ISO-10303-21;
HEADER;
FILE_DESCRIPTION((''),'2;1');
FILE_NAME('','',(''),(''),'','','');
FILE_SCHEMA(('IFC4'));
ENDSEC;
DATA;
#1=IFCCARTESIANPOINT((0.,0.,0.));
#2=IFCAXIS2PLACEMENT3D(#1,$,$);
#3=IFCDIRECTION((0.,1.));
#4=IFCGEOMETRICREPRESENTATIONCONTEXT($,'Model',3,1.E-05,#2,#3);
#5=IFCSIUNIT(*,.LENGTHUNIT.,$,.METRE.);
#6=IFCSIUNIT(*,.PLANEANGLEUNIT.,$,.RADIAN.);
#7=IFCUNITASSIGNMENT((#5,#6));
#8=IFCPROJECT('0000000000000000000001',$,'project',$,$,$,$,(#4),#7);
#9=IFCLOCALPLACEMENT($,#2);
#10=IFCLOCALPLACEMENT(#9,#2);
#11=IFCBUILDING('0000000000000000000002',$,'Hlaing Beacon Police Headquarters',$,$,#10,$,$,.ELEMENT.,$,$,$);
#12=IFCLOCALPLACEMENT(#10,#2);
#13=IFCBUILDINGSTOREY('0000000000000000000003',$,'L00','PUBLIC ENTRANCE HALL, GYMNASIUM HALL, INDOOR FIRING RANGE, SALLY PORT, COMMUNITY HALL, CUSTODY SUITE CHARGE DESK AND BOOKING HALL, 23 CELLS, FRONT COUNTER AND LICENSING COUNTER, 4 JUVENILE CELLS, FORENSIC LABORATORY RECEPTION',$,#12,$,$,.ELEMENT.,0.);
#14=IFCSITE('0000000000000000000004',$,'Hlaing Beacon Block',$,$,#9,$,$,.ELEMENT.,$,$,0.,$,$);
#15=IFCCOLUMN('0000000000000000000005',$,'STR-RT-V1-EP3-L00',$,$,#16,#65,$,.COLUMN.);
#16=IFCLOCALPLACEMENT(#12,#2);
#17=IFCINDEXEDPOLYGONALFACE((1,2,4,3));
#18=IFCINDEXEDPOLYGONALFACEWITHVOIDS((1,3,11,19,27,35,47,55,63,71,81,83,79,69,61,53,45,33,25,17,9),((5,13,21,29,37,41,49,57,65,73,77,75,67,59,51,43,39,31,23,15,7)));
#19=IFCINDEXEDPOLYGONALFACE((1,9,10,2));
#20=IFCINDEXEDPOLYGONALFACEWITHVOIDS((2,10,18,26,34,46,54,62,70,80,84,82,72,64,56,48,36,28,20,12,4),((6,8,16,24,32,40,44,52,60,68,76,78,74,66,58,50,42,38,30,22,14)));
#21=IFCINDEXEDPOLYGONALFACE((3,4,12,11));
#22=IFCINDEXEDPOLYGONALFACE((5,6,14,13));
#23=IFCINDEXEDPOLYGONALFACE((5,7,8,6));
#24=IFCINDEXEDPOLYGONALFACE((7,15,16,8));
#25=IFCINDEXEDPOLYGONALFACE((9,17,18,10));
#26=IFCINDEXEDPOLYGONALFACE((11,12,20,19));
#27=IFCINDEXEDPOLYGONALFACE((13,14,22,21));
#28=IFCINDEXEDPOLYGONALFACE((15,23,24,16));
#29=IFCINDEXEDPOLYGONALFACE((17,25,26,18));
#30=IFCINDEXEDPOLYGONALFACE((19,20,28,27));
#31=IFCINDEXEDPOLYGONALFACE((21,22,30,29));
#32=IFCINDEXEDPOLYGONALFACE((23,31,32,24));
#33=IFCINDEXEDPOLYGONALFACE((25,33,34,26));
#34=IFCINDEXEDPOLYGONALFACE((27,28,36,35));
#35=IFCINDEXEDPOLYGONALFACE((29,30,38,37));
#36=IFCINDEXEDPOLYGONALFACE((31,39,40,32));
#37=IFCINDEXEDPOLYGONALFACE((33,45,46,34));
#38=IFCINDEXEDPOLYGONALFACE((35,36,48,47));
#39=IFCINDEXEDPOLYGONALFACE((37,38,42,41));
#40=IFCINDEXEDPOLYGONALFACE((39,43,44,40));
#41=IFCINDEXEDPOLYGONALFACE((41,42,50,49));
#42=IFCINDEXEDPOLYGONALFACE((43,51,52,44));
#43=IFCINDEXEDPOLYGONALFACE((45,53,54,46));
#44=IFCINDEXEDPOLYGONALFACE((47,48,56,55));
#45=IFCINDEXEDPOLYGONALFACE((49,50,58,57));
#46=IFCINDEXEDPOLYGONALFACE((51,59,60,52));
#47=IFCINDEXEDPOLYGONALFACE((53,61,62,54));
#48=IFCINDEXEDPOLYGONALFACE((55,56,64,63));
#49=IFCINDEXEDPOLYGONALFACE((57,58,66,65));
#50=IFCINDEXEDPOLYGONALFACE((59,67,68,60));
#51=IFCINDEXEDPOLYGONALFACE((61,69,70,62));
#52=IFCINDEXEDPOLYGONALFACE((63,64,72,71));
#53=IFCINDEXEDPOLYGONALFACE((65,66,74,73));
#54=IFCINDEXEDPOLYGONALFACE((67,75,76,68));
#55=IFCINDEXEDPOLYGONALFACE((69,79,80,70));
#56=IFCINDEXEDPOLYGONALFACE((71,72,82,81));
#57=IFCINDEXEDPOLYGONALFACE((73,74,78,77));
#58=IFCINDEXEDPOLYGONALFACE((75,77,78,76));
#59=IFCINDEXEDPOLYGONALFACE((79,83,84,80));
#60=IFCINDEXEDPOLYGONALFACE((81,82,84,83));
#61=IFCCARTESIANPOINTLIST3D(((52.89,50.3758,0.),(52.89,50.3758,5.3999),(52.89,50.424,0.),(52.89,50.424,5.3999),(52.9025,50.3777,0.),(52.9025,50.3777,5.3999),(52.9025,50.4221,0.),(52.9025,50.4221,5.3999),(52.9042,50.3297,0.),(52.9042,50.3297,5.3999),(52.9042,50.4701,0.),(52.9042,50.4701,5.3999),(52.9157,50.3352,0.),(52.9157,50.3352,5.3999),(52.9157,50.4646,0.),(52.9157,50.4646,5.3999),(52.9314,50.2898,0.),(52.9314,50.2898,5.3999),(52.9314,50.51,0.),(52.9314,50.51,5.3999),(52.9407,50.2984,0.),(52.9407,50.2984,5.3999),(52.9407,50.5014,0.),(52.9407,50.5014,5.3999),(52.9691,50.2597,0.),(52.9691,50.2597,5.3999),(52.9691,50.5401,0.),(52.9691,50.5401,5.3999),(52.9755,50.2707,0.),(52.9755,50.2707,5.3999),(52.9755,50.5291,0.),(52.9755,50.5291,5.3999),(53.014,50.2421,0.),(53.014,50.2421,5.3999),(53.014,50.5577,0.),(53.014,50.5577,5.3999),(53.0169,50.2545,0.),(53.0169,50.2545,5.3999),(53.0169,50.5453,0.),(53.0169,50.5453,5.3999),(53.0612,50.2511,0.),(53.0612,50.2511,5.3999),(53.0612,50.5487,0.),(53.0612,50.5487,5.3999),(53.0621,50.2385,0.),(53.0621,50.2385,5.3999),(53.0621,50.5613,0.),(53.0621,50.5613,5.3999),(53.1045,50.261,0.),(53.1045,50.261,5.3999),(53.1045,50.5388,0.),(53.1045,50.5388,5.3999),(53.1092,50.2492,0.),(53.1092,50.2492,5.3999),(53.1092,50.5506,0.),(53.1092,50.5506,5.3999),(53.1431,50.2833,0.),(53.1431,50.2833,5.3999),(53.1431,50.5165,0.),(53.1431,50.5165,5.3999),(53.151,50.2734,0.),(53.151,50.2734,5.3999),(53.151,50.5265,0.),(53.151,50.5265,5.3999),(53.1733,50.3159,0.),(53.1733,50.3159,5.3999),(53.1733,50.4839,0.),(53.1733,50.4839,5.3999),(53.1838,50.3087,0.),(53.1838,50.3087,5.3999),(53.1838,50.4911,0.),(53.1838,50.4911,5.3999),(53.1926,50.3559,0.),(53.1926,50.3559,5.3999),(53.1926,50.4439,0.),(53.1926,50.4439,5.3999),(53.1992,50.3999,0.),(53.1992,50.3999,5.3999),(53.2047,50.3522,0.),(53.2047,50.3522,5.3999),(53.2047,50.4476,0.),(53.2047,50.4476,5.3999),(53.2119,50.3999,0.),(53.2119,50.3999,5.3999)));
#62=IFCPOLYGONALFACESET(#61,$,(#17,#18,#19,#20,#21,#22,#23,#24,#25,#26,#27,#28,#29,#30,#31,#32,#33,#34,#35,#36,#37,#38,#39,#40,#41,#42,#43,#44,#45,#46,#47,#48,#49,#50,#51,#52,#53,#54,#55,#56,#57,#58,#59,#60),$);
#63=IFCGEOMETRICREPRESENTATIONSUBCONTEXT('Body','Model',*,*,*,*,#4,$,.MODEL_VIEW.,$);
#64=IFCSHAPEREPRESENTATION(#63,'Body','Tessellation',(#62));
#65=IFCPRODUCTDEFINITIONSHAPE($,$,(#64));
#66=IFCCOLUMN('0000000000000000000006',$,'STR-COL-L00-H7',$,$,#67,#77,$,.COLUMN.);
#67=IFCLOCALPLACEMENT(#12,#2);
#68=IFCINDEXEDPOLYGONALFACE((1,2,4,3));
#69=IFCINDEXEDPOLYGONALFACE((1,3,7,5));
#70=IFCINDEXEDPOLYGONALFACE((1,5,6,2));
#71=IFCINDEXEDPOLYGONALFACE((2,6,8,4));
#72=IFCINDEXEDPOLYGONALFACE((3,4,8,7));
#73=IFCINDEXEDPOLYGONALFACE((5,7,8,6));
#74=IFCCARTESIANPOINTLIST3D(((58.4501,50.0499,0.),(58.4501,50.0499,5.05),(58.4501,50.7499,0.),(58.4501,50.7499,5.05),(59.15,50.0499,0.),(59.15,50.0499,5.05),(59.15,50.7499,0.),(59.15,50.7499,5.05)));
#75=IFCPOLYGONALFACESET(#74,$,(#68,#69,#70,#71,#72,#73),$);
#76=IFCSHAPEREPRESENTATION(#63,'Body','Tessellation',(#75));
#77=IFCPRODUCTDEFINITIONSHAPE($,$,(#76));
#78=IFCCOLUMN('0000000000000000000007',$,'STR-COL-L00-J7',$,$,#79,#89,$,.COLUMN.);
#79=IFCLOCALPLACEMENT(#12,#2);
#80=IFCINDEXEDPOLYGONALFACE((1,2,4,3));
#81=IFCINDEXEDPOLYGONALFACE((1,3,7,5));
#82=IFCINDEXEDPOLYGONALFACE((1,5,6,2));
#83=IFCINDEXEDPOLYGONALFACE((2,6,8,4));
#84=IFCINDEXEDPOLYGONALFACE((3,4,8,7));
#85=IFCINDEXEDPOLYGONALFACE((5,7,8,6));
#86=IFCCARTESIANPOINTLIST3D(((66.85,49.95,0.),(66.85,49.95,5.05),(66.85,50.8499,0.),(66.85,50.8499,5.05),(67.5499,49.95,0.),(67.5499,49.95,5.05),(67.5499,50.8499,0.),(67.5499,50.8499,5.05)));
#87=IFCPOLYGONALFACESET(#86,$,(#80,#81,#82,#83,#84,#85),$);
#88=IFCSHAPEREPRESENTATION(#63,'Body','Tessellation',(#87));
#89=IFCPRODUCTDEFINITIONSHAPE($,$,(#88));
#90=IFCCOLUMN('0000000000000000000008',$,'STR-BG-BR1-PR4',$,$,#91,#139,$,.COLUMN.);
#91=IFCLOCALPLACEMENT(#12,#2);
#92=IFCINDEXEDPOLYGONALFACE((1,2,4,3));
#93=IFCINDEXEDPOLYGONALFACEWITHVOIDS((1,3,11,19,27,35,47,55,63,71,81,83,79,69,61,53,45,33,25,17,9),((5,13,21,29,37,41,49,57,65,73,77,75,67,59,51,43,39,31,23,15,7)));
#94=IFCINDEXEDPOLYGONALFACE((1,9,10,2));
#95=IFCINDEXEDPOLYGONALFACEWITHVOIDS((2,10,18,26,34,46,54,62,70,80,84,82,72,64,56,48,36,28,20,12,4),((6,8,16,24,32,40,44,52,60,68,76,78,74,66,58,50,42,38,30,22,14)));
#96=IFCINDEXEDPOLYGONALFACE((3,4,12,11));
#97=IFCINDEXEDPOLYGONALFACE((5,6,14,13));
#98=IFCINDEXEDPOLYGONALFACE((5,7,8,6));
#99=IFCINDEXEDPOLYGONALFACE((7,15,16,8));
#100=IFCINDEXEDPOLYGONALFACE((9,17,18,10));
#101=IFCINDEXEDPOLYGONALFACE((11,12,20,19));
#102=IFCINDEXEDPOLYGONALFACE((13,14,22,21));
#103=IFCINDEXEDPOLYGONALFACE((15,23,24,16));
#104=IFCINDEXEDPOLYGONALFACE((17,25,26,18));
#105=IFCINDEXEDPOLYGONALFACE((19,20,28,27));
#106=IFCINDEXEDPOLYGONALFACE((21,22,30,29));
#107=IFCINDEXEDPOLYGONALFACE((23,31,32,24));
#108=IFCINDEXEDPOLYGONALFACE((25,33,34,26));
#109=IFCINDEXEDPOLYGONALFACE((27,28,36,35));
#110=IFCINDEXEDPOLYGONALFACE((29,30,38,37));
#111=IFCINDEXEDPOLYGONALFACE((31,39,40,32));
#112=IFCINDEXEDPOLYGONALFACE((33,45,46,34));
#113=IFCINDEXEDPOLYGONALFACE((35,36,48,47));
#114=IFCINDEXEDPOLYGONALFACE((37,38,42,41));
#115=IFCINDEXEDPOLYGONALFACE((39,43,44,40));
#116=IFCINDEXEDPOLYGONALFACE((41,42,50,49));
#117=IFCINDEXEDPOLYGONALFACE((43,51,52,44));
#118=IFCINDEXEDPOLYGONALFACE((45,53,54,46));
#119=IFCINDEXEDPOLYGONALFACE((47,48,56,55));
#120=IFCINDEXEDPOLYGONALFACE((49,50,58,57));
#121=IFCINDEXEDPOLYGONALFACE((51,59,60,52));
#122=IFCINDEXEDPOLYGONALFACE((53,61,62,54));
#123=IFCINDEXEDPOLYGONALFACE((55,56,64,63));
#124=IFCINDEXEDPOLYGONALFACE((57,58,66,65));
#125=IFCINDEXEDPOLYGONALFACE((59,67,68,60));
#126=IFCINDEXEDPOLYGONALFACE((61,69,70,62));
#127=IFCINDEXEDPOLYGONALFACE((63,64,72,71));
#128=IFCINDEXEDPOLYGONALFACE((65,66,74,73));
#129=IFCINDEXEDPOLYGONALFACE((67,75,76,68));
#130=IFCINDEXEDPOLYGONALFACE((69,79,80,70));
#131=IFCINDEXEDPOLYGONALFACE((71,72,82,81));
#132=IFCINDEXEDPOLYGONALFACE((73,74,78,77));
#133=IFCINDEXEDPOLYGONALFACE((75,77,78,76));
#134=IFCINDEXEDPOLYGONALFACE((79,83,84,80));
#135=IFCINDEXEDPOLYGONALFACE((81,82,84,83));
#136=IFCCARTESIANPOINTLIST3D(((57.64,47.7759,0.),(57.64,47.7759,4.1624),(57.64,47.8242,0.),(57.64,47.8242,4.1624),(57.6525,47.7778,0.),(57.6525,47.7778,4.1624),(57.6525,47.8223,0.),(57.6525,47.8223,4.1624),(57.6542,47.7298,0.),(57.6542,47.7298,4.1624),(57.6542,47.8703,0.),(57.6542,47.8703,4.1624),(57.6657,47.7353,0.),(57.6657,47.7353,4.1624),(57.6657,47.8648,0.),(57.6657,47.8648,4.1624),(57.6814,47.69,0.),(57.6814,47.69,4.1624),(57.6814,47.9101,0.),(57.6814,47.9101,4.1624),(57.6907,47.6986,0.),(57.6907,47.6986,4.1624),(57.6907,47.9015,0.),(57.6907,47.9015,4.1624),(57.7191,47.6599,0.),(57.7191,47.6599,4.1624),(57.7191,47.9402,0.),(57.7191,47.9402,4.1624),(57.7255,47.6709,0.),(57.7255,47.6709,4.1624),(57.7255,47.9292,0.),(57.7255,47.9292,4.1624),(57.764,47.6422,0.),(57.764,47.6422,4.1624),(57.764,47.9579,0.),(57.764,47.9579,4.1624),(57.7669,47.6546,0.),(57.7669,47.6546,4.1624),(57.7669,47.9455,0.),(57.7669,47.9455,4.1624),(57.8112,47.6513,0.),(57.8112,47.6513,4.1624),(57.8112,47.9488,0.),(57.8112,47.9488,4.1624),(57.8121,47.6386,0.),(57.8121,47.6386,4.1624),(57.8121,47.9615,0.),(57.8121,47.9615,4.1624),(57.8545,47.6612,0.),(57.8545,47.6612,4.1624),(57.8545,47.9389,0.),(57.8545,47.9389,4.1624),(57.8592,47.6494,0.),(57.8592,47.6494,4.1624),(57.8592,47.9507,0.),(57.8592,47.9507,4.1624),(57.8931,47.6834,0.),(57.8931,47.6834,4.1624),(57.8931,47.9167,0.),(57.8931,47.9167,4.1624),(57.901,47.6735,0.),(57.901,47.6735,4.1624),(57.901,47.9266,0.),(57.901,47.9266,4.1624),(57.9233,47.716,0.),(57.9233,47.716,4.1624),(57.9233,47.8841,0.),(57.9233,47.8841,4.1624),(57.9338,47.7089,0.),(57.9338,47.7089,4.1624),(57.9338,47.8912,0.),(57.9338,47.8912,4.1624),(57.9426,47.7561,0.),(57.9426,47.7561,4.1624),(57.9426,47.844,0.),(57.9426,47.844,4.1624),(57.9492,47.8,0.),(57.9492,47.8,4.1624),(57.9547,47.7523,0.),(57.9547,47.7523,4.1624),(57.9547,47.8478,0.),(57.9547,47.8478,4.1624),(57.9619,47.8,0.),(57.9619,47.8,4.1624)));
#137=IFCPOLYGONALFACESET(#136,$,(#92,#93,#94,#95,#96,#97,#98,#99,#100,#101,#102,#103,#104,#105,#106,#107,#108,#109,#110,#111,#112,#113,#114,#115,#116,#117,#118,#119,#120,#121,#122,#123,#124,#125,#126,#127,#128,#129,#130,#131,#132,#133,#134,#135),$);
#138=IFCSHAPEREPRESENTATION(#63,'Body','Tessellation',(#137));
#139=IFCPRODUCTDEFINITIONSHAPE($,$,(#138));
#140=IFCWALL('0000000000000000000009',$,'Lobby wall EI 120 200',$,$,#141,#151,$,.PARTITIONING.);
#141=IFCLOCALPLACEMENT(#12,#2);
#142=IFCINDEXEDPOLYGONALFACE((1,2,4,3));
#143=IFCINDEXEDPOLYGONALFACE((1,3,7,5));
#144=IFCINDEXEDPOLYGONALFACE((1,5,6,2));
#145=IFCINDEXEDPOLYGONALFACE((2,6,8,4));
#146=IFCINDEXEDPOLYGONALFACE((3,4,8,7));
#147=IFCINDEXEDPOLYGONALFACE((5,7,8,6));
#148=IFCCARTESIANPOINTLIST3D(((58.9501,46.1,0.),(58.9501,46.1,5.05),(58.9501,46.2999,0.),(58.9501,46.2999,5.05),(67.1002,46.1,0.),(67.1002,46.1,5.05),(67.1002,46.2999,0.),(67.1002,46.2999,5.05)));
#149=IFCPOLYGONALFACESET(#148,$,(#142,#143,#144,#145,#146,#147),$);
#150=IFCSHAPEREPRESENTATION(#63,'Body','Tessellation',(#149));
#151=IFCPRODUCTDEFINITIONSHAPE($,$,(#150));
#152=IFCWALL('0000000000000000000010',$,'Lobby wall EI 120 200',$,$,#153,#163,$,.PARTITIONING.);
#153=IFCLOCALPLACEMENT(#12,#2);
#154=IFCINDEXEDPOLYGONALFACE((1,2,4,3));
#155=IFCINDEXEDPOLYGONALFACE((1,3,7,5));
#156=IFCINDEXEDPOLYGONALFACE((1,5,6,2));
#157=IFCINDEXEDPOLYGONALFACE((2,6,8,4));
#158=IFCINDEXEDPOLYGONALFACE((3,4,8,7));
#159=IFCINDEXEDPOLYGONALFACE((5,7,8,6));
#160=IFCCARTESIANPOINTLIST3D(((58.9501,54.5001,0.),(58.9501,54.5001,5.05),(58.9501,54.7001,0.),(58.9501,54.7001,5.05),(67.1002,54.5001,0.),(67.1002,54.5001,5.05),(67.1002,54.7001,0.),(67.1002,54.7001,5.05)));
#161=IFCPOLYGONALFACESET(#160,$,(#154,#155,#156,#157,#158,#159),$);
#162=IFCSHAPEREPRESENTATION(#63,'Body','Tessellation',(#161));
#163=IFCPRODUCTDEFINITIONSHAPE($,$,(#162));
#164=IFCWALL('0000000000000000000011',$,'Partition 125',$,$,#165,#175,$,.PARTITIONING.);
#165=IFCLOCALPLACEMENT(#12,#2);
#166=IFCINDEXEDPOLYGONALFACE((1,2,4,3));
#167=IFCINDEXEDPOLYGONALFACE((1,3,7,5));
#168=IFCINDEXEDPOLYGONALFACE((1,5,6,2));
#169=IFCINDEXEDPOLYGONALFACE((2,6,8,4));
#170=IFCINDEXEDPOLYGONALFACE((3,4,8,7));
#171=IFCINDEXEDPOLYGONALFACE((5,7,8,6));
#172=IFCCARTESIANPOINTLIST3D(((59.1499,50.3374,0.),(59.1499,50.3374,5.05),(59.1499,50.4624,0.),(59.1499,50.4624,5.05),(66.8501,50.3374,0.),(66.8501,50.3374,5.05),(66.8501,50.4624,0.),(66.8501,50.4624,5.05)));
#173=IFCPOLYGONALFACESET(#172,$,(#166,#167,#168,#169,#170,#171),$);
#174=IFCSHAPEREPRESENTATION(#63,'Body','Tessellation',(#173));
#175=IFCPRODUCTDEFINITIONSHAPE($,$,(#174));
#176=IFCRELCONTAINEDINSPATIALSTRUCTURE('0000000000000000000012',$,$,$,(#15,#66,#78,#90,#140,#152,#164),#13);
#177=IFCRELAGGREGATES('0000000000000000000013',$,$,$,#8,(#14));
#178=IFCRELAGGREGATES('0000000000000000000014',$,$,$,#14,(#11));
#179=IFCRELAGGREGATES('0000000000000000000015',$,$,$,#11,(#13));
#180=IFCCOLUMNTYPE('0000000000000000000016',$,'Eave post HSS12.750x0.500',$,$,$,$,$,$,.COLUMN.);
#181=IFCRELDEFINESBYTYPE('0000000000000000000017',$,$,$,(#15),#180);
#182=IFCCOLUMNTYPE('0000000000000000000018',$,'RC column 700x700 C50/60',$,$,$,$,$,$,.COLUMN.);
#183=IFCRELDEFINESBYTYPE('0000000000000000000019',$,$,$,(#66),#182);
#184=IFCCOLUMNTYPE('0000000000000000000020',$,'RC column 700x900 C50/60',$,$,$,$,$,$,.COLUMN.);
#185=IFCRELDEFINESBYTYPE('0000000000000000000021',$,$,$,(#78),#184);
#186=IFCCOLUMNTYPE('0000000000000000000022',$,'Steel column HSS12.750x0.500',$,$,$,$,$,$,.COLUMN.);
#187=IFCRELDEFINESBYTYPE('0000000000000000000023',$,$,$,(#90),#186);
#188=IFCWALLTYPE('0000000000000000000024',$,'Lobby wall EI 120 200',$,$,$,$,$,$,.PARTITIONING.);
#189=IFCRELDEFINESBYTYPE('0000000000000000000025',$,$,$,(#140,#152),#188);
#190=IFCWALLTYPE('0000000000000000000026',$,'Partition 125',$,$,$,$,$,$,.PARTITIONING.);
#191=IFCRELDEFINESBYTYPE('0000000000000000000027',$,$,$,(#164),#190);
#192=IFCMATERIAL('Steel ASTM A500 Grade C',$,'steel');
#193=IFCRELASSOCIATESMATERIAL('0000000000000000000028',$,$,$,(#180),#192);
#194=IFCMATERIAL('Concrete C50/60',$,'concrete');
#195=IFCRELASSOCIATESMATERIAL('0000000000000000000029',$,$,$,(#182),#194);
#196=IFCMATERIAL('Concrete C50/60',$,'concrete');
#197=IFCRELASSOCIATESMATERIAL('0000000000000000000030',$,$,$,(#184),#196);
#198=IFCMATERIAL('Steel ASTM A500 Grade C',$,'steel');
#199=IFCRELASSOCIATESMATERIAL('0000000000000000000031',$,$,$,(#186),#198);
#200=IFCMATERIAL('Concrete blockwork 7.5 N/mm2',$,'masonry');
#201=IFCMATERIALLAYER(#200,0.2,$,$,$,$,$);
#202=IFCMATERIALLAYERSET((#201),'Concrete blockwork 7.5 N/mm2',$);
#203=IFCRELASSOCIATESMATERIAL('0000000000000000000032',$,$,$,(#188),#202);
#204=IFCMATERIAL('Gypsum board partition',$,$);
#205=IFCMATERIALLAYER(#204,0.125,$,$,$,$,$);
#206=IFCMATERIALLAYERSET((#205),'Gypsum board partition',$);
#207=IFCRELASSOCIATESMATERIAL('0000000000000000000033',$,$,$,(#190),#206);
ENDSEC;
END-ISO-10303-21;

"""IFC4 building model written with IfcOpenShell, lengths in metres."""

from ifc_helpers import new_model, si_unit, direction, frame, frame_2d, origin, origin_2d, place, context, subcontext, project, spatial, rectangle, hollow_circle, extrude, material, layer, layer_set, material_profile, profile_set, type_object, element, save


model = new_model("IFC4")

# Units and contexts
model_context = context("Model", 3, precision=1e-05, world=origin(), true_north=direction((0.0, 1.0)))
body_context = subcontext(model_context, "Body", "Model", "MODEL_VIEW")
ifc_project = project(units=[si_unit("LENGTHUNIT", "METRE"), si_unit("PLANEANGLEUNIT", "RADIAN")], contexts=[model_context])

# Site, building, storey
site_placement = place(None, origin())
site = spatial("IfcSite", under=ifc_project, at=site_placement, Name="Hlaing Beacon Block", CompositionType="ELEMENT", RefElevation=0.0)
building_placement = place(site_placement, origin())
building = spatial("IfcBuilding", under=site, at=building_placement, Name="Hlaing Beacon Police Headquarters", CompositionType="ELEMENT")
storey_placement = place(building_placement, origin())
storey = spatial("IfcBuildingStorey", under=building, at=storey_placement, Name="L00", Description="PUBLIC ENTRANCE HALL, GYMNASIUM HALL, INDOOR FIRING RANGE, SALLY PORT, COMMUNITY HALL, CUSTODY SUITE CHARGE DESK AND BOOKING HALL, 23 CELLS, FRONT COUNTER AND LICENSING COUNTER, 4 JUVENILE CELLS, FORENSIC LABORATORY RECEPTION", CompositionType="ELEMENT", Elevation=0.0)

# Columns
ifc_material_1 = material(Name="Steel ASTM A500 Grade C", Category="steel")
ifc_material_profile_1 = material_profile(ifc_material_1, hollow_circle(Radius=0.1619, WallThickness=0.0127, at=origin_2d()), Name="HSS12.750x0.500")
ifc_profile_set_1 = profile_set([ifc_material_profile_1], Name="Steel ASTM A500 Grade C")
column_type_1 = type_object("IfcColumnType", Name="Eave post HSS12.750x0.500", PredefinedType="COLUMN", material=ifc_profile_set_1)
column_1_placement = place(storey_placement, frame((53.05, 50.3999, 0.0), z_axis=(0.0, 0.0, 1.0), x_axis=(1.0, 0.0, 0.0)))
element("IfcColumn", 1, at=column_1_placement, inside=storey, type_object=column_type_1, Name="STR-RT-V1-EP3-L00", PredefinedType="COLUMN", context=body_context, shape_type="SweptSolid", body=[
    extrude(hollow_circle(Radius=0.1619, WallThickness=0.0127, at=origin_2d()), origin(), (0.0, 0.0, 1.0), 5.3999),
])
ifc_material_2 = material(Name="Concrete C50/60", Category="concrete")
ifc_material_profile_2 = material_profile(ifc_material_2, rectangle(XDim=0.7, YDim=0.7, at=origin_2d()), Name="700x700")
ifc_profile_set_2 = profile_set([ifc_material_profile_2], Name="Concrete C50/60")
column_type_2 = type_object("IfcColumnType", Name="RC column 700x700 C50/60", PredefinedType="COLUMN", material=ifc_profile_set_2)
column_2_placement = place(storey_placement, frame((58.8, 50.3999, 0.0), z_axis=(0.0, 0.0, 1.0), x_axis=(1.0, 0.0, 0.0)))
element("IfcColumn", 2, at=column_2_placement, inside=storey, type_object=column_type_2, Name="STR-COL-L00-H7", PredefinedType="COLUMN", context=body_context, shape_type="SweptSolid", body=[
    extrude(rectangle(XDim=0.7, YDim=0.7, at=origin_2d()), origin(), (0.0, 0.0, 1.0), 5.05),
])
ifc_material_3 = material(Name="Concrete C50/60", Category="concrete")
ifc_material_profile_3 = material_profile(ifc_material_3, rectangle(XDim=0.7, YDim=0.8999, at=origin_2d()), Name="700x900")
ifc_profile_set_3 = profile_set([ifc_material_profile_3], Name="Concrete C50/60")
column_type_3 = type_object("IfcColumnType", Name="RC column 700x900 C50/60", PredefinedType="COLUMN", material=ifc_profile_set_3)
column_3_placement = place(storey_placement, frame((67.2, 50.3999, 0.0), z_axis=(0.0, 0.0, 1.0), x_axis=(1.0, 0.0, 0.0)))
element("IfcColumn", 3, at=column_3_placement, inside=storey, type_object=column_type_3, Name="STR-COL-L00-J7", PredefinedType="COLUMN", context=body_context, shape_type="SweptSolid", body=[
    extrude(rectangle(XDim=0.7, YDim=0.8999, at=origin_2d()), origin(), (0.0, 0.0, 1.0), 5.05),
])
ifc_material_4 = material(Name="Steel ASTM A500 Grade C", Category="steel")
ifc_material_profile_4 = material_profile(ifc_material_4, hollow_circle(Radius=0.1619, WallThickness=0.0127, at=origin_2d()), Name="HSS12.750x0.500")
ifc_profile_set_4 = profile_set([ifc_material_profile_4], Name="Steel ASTM A500 Grade C")
column_type_4 = type_object("IfcColumnType", Name="Steel column HSS12.750x0.500", PredefinedType="COLUMN", material=ifc_profile_set_4)
column_4_placement = place(storey_placement, frame((57.8, 47.8, 0.0), z_axis=(0.0, 0.0, 1.0), x_axis=(1.0, 0.0, 0.0)))
element("IfcColumn", 4, at=column_4_placement, inside=storey, type_object=column_type_4, Name="STR-BG-BR1-PR4", PredefinedType="COLUMN", context=body_context, shape_type="SweptSolid", body=[
    extrude(hollow_circle(Radius=0.1619, WallThickness=0.0127, at=origin_2d()), origin(), (0.0, 0.0, 1.0), 4.1624),
])

# Walls
ifc_material_5 = material(Name="Concrete blockwork 7.5 N/mm2", Category="masonry")
ifc_layer_1 = layer(ifc_material_5, 0.2)
ifc_layer_set_1 = layer_set([ifc_layer_1], Name="Concrete blockwork 7.5 N/mm2")
wall_type_1 = type_object("IfcWallType", Name="Lobby wall EI 120 200", PredefinedType="PARTITIONING", material=ifc_layer_set_1)
for number, where, z_axis, x_axis, name in (
    (5, (58.95, 46.2, 0.0), (0.0, 0.0, 1.0), (1.0, 0.0, 0.0), "Lobby wall EI 120 200"),
    (6, (58.95, 54.6001, 0.0), (0.0, 0.0, 1.0), (1.0, 0.0, 0.0), "Lobby wall EI 120 200"),
):
    element("IfcWall", number, at=place(storey_placement, frame(where, z_axis=z_axis, x_axis=x_axis)), inside=storey, type_object=wall_type_1, Name=name, PredefinedType="PARTITIONING", context=body_context, shape_type="SweptSolid", body=[
        extrude(rectangle(XDim=8.1501, YDim=0.2, at=frame_2d((4.0752, 0.0))), origin(), (0.0, 0.0, 1.0), 5.05),
    ])
ifc_material_6 = material(Name="Gypsum board partition")
ifc_layer_2 = layer(ifc_material_6, 0.125)
ifc_layer_set_2 = layer_set([ifc_layer_2], Name="Gypsum board partition")
wall_type_2 = type_object("IfcWallType", Name="Partition 125", PredefinedType="PARTITIONING", material=ifc_layer_set_2)
wall_1_placement = place(storey_placement, frame((59.1499, 50.3999, 0.0), z_axis=(0.0, 0.0, 1.0), x_axis=(1.0, 0.0, 0.0)))
element("IfcWall", 7, at=wall_1_placement, inside=storey, type_object=wall_type_2, Name="Partition 125", PredefinedType="PARTITIONING", context=body_context, shape_type="SweptSolid", body=[
    extrude(rectangle(XDim=7.7002, YDim=0.125, at=frame_2d((3.8501, 0.0))), origin(), (0.0, 0.0, 1.0), 5.05),
])

save(model, "model.ifc")
